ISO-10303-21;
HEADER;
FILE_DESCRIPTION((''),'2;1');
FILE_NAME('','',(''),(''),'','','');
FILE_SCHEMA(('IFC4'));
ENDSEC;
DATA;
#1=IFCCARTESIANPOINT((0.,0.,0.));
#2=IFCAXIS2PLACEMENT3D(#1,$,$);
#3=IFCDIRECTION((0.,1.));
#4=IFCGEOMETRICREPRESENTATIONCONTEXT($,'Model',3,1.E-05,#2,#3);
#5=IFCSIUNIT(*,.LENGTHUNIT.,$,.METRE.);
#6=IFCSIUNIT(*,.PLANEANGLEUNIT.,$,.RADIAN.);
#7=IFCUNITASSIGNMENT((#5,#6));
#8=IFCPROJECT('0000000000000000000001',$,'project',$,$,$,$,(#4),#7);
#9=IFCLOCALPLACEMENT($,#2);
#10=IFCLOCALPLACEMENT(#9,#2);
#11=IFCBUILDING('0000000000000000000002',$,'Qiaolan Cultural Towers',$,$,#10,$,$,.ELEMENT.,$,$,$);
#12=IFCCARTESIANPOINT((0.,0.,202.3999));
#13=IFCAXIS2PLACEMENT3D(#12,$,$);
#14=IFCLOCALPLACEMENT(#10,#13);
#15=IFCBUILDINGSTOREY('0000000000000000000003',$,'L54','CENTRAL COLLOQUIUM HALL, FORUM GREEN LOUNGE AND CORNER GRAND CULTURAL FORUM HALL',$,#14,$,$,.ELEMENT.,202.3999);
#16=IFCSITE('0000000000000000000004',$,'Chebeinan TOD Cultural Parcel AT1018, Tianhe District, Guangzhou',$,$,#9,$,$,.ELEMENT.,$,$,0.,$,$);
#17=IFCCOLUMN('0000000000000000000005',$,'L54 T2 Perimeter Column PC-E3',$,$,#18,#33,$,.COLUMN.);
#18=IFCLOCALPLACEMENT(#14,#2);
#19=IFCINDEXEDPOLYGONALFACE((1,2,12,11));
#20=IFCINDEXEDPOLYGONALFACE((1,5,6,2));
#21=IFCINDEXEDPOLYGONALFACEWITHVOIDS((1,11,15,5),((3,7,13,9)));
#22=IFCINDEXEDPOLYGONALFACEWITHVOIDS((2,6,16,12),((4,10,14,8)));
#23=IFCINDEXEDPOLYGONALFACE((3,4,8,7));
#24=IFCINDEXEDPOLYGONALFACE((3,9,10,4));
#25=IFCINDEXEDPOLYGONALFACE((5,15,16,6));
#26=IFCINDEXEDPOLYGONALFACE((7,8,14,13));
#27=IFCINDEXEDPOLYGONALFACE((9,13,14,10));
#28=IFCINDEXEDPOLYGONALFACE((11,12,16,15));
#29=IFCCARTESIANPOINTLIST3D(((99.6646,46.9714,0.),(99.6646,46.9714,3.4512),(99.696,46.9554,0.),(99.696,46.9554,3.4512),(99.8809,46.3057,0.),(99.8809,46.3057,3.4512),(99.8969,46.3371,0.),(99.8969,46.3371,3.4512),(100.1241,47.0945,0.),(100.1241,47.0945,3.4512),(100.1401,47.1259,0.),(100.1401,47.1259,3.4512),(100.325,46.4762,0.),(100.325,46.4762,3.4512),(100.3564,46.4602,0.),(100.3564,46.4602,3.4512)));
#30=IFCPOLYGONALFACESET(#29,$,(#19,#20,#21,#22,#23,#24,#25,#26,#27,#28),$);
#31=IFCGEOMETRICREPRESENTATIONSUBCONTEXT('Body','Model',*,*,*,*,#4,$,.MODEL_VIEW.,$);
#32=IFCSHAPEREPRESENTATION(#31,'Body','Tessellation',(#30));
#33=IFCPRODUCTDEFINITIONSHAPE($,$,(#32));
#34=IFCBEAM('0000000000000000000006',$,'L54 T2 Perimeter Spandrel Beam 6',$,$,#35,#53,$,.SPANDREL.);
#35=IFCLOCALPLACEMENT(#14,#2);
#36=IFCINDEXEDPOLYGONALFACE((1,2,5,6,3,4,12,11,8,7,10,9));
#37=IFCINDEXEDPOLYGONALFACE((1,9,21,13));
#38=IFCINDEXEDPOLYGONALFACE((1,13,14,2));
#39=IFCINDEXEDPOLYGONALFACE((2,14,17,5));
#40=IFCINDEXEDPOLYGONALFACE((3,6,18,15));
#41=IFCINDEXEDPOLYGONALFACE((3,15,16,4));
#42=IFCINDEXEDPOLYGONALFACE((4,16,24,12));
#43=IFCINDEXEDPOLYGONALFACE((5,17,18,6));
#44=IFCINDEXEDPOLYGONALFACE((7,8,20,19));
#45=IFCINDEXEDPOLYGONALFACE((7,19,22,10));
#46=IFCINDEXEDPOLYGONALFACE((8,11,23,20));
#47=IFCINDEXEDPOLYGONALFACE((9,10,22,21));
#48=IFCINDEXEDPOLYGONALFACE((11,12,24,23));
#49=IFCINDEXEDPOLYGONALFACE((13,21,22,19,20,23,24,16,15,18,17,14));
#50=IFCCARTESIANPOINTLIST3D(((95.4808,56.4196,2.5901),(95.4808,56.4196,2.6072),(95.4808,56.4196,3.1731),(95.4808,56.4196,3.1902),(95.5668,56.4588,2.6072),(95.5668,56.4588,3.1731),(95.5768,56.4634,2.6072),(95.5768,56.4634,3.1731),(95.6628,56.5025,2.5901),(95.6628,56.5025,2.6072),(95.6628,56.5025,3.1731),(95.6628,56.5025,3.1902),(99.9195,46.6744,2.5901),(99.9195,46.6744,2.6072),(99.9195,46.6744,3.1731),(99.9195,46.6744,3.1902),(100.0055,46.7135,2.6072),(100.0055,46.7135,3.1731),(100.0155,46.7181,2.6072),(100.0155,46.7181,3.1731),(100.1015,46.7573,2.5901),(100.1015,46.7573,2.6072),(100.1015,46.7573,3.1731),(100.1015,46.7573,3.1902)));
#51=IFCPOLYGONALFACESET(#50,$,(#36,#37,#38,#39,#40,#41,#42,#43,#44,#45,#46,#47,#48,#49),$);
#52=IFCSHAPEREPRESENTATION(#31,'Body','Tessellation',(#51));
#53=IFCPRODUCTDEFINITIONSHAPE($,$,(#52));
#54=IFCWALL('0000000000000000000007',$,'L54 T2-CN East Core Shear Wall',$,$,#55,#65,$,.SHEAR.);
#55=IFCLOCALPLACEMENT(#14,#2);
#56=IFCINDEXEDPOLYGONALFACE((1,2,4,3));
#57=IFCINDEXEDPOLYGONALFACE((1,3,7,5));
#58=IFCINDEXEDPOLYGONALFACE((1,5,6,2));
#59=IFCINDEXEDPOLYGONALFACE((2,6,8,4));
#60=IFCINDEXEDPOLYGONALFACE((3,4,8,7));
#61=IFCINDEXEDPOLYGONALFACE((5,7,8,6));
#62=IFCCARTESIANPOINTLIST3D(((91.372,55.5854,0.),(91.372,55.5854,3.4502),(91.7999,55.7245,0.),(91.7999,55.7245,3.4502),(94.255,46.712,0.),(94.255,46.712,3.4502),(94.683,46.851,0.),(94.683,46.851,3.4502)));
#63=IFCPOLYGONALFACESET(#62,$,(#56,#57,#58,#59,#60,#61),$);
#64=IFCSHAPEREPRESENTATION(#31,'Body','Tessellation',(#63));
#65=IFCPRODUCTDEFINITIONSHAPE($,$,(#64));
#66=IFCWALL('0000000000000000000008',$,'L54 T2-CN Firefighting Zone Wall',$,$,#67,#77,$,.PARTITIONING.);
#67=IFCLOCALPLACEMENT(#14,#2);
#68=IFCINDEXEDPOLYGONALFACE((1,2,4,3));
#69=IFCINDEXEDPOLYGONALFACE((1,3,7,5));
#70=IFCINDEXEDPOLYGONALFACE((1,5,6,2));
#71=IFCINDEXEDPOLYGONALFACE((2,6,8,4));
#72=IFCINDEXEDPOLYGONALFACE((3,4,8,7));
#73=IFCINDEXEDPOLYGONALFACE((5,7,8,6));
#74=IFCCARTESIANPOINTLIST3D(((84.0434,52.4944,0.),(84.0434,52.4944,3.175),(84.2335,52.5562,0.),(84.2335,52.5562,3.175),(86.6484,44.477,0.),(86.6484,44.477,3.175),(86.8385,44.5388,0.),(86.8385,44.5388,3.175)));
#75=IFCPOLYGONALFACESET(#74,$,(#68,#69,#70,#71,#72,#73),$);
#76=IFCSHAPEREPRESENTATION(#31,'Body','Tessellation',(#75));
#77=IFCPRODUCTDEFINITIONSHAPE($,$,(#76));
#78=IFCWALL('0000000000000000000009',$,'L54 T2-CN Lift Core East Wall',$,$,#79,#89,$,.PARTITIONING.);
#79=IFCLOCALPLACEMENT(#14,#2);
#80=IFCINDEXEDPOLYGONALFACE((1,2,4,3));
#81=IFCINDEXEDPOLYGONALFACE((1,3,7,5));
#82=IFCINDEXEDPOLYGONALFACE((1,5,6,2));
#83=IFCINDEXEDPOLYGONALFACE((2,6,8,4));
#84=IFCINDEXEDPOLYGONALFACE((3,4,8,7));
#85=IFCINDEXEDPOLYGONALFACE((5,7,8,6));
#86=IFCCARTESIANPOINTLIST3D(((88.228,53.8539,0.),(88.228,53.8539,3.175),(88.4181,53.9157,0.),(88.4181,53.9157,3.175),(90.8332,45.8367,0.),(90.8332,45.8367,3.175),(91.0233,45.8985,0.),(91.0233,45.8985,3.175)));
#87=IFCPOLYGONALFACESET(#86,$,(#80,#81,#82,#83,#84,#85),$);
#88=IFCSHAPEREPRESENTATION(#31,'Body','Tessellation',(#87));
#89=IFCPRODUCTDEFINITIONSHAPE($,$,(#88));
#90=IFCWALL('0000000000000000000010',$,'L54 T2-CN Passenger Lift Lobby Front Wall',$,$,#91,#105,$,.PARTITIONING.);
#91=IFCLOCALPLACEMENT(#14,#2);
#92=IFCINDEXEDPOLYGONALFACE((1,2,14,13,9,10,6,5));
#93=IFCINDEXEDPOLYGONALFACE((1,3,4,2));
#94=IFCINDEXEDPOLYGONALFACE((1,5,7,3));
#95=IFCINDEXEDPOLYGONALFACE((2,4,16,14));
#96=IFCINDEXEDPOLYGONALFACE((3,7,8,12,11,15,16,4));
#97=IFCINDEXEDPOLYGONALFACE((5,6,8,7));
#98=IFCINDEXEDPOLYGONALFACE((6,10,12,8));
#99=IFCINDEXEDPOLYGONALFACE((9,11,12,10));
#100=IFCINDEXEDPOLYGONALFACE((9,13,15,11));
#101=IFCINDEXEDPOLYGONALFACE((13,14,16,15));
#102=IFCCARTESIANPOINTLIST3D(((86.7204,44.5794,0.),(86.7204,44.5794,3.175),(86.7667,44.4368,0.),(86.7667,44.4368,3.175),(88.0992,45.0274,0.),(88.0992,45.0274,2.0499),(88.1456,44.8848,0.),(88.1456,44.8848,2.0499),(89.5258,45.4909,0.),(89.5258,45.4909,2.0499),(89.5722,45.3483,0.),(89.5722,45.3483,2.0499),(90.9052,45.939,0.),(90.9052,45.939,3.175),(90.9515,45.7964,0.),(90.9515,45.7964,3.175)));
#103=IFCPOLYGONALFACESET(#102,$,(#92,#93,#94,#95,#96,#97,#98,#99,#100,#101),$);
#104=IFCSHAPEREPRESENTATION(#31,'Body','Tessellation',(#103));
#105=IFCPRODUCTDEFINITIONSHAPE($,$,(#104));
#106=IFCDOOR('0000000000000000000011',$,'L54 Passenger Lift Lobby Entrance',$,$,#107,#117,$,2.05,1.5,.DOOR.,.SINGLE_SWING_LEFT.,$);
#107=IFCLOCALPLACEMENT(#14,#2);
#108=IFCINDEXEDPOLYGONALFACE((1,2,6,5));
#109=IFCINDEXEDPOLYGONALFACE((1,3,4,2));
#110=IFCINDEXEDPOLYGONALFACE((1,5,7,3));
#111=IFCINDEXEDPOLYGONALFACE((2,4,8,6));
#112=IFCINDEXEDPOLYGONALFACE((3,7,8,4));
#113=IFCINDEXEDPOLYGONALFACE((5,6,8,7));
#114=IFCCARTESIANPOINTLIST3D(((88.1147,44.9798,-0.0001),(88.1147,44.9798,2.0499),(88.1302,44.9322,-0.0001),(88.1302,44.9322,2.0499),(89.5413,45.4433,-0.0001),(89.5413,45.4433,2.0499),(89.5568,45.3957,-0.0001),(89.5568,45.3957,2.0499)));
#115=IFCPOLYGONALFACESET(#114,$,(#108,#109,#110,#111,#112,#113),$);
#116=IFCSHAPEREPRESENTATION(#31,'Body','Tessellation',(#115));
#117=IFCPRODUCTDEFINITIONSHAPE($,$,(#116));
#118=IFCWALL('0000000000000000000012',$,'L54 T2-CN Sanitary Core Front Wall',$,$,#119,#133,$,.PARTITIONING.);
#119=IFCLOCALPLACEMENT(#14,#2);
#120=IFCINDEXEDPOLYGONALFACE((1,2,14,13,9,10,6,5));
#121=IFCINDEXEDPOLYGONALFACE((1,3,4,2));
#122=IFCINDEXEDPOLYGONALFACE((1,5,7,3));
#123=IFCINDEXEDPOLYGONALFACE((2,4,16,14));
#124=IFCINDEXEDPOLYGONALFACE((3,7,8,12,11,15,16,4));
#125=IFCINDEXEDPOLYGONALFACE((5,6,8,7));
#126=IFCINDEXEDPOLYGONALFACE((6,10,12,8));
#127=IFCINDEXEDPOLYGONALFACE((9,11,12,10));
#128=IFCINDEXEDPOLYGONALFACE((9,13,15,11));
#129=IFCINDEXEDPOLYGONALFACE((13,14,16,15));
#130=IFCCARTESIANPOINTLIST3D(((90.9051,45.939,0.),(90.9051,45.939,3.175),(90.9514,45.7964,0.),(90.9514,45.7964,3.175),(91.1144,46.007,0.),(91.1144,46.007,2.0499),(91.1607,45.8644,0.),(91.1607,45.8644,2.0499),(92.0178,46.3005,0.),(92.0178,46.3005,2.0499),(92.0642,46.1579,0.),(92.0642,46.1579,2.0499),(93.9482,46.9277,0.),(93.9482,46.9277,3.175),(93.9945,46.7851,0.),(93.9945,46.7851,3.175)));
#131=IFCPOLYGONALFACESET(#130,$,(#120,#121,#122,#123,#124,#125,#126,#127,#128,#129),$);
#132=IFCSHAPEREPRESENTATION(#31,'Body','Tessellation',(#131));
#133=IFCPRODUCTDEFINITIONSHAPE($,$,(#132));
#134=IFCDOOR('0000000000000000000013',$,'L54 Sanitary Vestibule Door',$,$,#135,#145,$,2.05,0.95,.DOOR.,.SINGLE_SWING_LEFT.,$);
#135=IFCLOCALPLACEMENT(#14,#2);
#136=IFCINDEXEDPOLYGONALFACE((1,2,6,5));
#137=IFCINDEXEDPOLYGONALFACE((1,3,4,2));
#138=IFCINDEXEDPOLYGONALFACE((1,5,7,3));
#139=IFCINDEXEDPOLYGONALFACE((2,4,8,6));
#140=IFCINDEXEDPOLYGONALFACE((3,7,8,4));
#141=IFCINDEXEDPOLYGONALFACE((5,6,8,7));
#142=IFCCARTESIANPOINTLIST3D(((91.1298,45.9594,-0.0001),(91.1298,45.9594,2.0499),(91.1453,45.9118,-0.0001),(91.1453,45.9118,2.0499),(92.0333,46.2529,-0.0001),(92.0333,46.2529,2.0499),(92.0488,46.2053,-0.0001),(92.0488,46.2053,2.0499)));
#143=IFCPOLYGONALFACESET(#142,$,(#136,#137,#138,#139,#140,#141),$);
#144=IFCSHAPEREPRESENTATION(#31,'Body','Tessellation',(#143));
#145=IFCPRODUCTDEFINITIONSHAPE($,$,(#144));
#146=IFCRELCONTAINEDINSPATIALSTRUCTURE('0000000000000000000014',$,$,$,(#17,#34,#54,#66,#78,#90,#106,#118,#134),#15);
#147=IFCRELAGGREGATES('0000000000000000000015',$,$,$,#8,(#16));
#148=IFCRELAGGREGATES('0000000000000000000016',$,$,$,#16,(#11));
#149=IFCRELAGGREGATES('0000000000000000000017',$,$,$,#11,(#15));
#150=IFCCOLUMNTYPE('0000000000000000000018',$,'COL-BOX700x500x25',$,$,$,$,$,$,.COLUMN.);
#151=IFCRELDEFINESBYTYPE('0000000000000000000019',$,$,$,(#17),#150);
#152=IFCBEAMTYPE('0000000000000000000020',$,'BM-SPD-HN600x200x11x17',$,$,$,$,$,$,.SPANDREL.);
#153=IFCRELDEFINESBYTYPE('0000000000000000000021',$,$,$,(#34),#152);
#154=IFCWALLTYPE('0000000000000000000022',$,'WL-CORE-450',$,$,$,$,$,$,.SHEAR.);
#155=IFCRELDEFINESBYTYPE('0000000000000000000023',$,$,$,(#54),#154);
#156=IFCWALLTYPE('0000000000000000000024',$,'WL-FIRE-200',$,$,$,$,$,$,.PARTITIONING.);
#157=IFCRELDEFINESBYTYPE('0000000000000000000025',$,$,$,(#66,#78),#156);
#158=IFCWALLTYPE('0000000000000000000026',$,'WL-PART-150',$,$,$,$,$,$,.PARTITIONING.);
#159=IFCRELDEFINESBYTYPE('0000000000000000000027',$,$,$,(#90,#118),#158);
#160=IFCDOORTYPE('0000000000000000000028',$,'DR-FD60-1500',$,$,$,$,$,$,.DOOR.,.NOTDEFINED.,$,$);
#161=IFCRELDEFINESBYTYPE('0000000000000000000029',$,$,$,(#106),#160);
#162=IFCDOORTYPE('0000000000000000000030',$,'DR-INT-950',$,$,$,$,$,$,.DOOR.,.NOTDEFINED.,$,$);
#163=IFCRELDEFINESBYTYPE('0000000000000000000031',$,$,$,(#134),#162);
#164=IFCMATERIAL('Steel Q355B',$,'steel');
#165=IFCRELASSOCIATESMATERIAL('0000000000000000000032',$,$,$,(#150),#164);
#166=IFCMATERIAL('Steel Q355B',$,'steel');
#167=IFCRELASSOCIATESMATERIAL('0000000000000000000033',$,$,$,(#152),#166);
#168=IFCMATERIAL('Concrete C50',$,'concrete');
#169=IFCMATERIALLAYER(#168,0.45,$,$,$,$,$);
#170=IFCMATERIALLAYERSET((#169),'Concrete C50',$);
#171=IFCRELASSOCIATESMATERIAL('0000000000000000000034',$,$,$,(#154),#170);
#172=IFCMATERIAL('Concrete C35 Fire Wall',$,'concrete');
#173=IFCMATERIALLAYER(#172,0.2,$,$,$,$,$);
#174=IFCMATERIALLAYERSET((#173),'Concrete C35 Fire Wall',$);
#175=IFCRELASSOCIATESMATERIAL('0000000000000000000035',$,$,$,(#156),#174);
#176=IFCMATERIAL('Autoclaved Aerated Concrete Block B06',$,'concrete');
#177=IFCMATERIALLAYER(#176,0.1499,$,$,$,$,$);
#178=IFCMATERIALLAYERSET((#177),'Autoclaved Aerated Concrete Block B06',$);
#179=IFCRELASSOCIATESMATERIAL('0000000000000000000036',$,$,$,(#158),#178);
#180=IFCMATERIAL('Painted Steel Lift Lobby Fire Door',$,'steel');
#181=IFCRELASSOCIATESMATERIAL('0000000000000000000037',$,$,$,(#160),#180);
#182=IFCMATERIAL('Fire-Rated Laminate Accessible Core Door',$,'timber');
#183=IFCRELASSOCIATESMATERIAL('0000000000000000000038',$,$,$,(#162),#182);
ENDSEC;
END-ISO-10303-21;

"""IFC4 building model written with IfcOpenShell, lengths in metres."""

from ifc_helpers import new_model, si_unit, direction, frame, frame_2d, origin, origin_2d, place, context, subcontext, project, spatial, rectangle, hollow_rectangle, i_section, extrude, material, layer, layer_set, material_profile, profile_set, type_object, element, fill, save


model = new_model("IFC4")

# Units and contexts
model_context = context("Model", 3, precision=1e-05, world=origin(), true_north=direction((0.0, 1.0)))
body_context = subcontext(model_context, "Body", "Model", "MODEL_VIEW")
ifc_project = project(units=[si_unit("LENGTHUNIT", "METRE"), si_unit("PLANEANGLEUNIT", "RADIAN")], contexts=[model_context])

# Site, building, storey
site_placement = place(None, origin())
site = spatial("IfcSite", under=ifc_project, at=site_placement, Name="Chebeinan TOD Cultural Parcel AT1018, Tianhe District, Guangzhou", CompositionType="ELEMENT", RefElevation=0.0)
building_placement = place(site_placement, origin())
building = spatial("IfcBuilding", under=site, at=building_placement, Name="Qiaolan Cultural Towers", CompositionType="ELEMENT")
storey_placement = place(building_placement, frame((0.0, 0.0, 202.3999)))
storey = spatial("IfcBuildingStorey", under=building, at=storey_placement, Name="L54", Description="CENTRAL COLLOQUIUM HALL, FORUM GREEN LOUNGE AND CORNER GRAND CULTURAL FORUM HALL", CompositionType="ELEMENT", Elevation=202.3999)

# Column
ifc_material_1 = material(Name="Steel Q355B", Category="steel")
ifc_material_profile_1 = material_profile(ifc_material_1, hollow_rectangle(XDim=0.5, YDim=0.7, WallThickness=0.0249, at=origin_2d()), Name="BOX700x500x25")
ifc_profile_set_1 = profile_set([ifc_material_profile_1], Name="Steel Q355B")
column_type = type_object("IfcColumnType", Name="COL-BOX700x500x25", PredefinedType="COLUMN", material=ifc_profile_set_1)
column_placement = place(storey_placement, frame((100.0105, 46.7158, 0.0), z_axis=(0.0, 0.0, 1.0), x_axis=(0.951057, 0.309017, 0.0)))
element("IfcColumn", 1, at=column_placement, inside=storey, type_object=column_type, Name="L54 T2 Perimeter Column PC-E3", PredefinedType="COLUMN", context=body_context, shape_type="SweptSolid", body=[
    extrude(hollow_rectangle(XDim=0.5, YDim=0.7, WallThickness=0.0249, at=origin_2d()), origin(), (0.0, 0.0, 1.0), 3.4512),
])

# Beam
ifc_material_2 = material(Name="Steel Q355B", Category="steel")
ifc_material_profile_2 = material_profile(ifc_material_2, i_section(OverallWidth=0.2, OverallDepth=0.6001, WebThickness=0.011, FlangeThickness=0.0171, at=origin_2d()), Name="HN600x200x11x17")
ifc_profile_set_2 = profile_set([ifc_material_profile_2], Name="Steel Q355B")
beam_type = type_object("IfcBeamType", Name="BM-SPD-HN600x200x11x17", PredefinedType="SPANDREL", material=ifc_profile_set_2)
beam_placement = place(storey_placement, frame((100.0105, 46.7158, 2.8901), z_axis=(-0.4145, 0.910049, 0.0), x_axis=(-0.910049, -0.4145, 0.0)))
element("IfcBeam", 2, at=beam_placement, inside=storey, type_object=beam_type, Name="L54 T2 Perimeter Spandrel Beam 6", PredefinedType="SPANDREL", context=body_context, shape_type="SweptSolid", body=[
    extrude(i_section(OverallWidth=0.2, OverallDepth=0.6001, WebThickness=0.011, FlangeThickness=0.0171, at=origin_2d()), origin(), (0.0, 0.0, 1.0), 10.7085),
])

# Walls
ifc_material_3 = material(Name="Concrete C50", Category="concrete")
ifc_layer_1 = layer(ifc_material_3, 0.45)
ifc_layer_set_1 = layer_set([ifc_layer_1], Name="Concrete C50")
wall_type_1 = type_object("IfcWallType", Name="WL-CORE-450", PredefinedType="SHEAR", material=ifc_layer_set_1)
wall_1_placement = place(storey_placement, frame((94.469, 46.7815, 0.0), z_axis=(0.0, 0.0, 1.0), x_axis=(-0.309004, 0.951061, 0.0)))
element("IfcWall", 3, at=wall_1_placement, inside=storey, type_object=wall_type_1, Name="L54 T2-CN East Core Shear Wall", PredefinedType="SHEAR", context=body_context, shape_type="SweptSolid", body=[
    extrude(rectangle(XDim=9.3301, YDim=0.45, at=frame_2d((4.665, 0.0))), origin(), (0.0, 0.0, 1.0), 3.4502),
])
ifc_material_4 = material(Name="Concrete C35 Fire Wall", Category="concrete")
ifc_layer_2 = layer(ifc_material_4, 0.2)
ifc_layer_set_2 = layer_set([ifc_layer_2], Name="Concrete C35 Fire Wall")
wall_type_2 = type_object("IfcWallType", Name="WL-FIRE-200", PredefinedType="PARTITIONING", material=ifc_layer_set_2)
for number, where, z_axis, x_axis, name in (
    (4, (86.7434, 44.5081, 0.0), (0.0, 0.0, 1.0), (-0.309016, 0.951057, 0.0), "L54 T2-CN Firefighting Zone Wall"),
    (5, (90.9282, 45.8677, 0.0), (0.0, 0.0, 1.0), (-0.309042, 0.951048, 0.0), "L54 T2-CN Lift Core East Wall"),
):
    element("IfcWall", number, at=place(storey_placement, frame(where, z_axis=z_axis, x_axis=x_axis)), inside=storey, type_object=wall_type_2, Name=name, PredefinedType="PARTITIONING", context=body_context, shape_type="SweptSolid", body=[
        extrude(rectangle(XDim=8.4299, YDim=0.2, at=frame_2d((4.2148, 0.0))), origin(), (0.0, 0.0, 1.0), 3.175),
    ])

# Walls, openings, doors
ifc_material_5 = material(Name="Autoclaved Aerated Concrete Block B06", Category="concrete")
ifc_layer_3 = layer(ifc_material_5, 0.1499)
ifc_layer_set_3 = layer_set([ifc_layer_3], Name="Autoclaved Aerated Concrete Block B06")
wall_type_3 = type_object("IfcWallType", Name="WL-PART-150", PredefinedType="PARTITIONING", material=ifc_layer_set_3)
wall_2_placement = place(storey_placement, frame((86.7434, 44.5081, 0.0), z_axis=(0.0, 0.0, 1.0), x_axis=(0.951064, 0.308994, 0.0)))
wall_2 = element("IfcWall", 6, at=wall_2_placement, inside=storey, type_object=wall_type_3, Name="L54 T2-CN Passenger Lift Lobby Front Wall", PredefinedType="PARTITIONING", context=body_context, shape_type="SweptSolid", body=[
    extrude(rectangle(XDim=4.4001, YDim=0.1499, at=frame_2d((2.2002, 0.0))), origin(), (0.0, 0.0, 1.0), 3.175),
])
opening_1_placement = place(wall_2_placement, frame((1.45, 0.0, 0.0)))
opening_1 = element("IfcOpeningElement", 7, at=opening_1_placement, cuts=wall_2, PredefinedType="OPENING", context=body_context, shape_type="SweptSolid", body=[
    extrude(rectangle(XDim=1.5, YDim=2.05, at=frame_2d((0.75, 1.0249))), frame((0.0, 0.085, 0.0), z_axis=(0.0, -1.0, 0.0), x_axis=(1.0, 0.0, 0.0)), (0.0, 0.0, 1.0), 0.1699),
])
ifc_material_6 = material(Name="Painted Steel Lift Lobby Fire Door", Category="steel")
door_type_1 = type_object("IfcDoorType", Name="DR-FD60-1500", OperationType="NOTDEFINED", PredefinedType="DOOR", material=ifc_material_6)
door_1_placement = place(opening_1_placement, origin())
door_1 = element("IfcDoor", 8, at=door_1_placement, inside=storey, type_object=door_type_1, Name="L54 Passenger Lift Lobby Entrance", OperationType="SINGLE_SWING_LEFT", OverallHeight=2.05, OverallWidth=1.5, PredefinedType="DOOR", context=body_context, shape_type="SweptSolid", body=[
    extrude(rectangle(XDim=1.5, YDim=2.05, at=frame_2d((0.75, 1.0249))), frame((0.0, 0.0249, 0.0), z_axis=(0.0, -1.0, 0.0), x_axis=(1.0, 0.0, 0.0)), (0.0, 0.0, 1.0), 0.05),
])
fill(opening_1, door_1)
wall_3_placement = place(storey_placement, frame((90.9282, 45.8677, 0.0), z_axis=(0.0, 0.0, 1.0), x_axis=(0.951059, 0.309008, 0.0)))
wall_3 = element("IfcWall", 9, at=wall_3_placement, inside=storey, type_object=wall_type_3, Name="L54 T2-CN Sanitary Core Front Wall", PredefinedType="PARTITIONING", context=body_context, shape_type="SweptSolid", body=[
    extrude(rectangle(XDim=3.1997, YDim=0.1499, at=frame_2d((1.5999, 0.0))), origin(), (0.0, 0.0, 1.0), 3.175),
])
opening_2_placement = place(wall_3_placement, frame((0.22, 0.0, 0.0)))
opening_2 = element("IfcOpeningElement", 10, at=opening_2_placement, cuts=wall_3, PredefinedType="OPENING", context=body_context, shape_type="SweptSolid", body=[
    extrude(rectangle(XDim=0.95, YDim=2.05, at=frame_2d((0.4751, 1.0249))), frame((0.0, 0.085, 0.0), z_axis=(0.0, -1.0, 0.0), x_axis=(1.0, 0.0, 0.0)), (0.0, 0.0, 1.0), 0.1699),
])
ifc_material_7 = material(Name="Fire-Rated Laminate Accessible Core Door", Category="timber")
door_type_2 = type_object("IfcDoorType", Name="DR-INT-950", OperationType="NOTDEFINED", PredefinedType="DOOR", material=ifc_material_7)
door_2_placement = place(opening_2_placement, origin())
door_2 = element("IfcDoor", 11, at=door_2_placement, inside=storey, type_object=door_type_2, Name="L54 Sanitary Vestibule Door", OperationType="SINGLE_SWING_LEFT", OverallHeight=2.05, OverallWidth=0.95, PredefinedType="DOOR", context=body_context, shape_type="SweptSolid", body=[
    extrude(rectangle(XDim=0.95, YDim=2.05, at=frame_2d((0.4751, 1.0249))), frame((0.0, 0.0249, 0.0), z_axis=(0.0, -1.0, 0.0), x_axis=(1.0, 0.0, 0.0)), (0.0, 0.0, 1.0), 0.05),
])
fill(opening_2, door_2)

save(model, "model.ifc")
